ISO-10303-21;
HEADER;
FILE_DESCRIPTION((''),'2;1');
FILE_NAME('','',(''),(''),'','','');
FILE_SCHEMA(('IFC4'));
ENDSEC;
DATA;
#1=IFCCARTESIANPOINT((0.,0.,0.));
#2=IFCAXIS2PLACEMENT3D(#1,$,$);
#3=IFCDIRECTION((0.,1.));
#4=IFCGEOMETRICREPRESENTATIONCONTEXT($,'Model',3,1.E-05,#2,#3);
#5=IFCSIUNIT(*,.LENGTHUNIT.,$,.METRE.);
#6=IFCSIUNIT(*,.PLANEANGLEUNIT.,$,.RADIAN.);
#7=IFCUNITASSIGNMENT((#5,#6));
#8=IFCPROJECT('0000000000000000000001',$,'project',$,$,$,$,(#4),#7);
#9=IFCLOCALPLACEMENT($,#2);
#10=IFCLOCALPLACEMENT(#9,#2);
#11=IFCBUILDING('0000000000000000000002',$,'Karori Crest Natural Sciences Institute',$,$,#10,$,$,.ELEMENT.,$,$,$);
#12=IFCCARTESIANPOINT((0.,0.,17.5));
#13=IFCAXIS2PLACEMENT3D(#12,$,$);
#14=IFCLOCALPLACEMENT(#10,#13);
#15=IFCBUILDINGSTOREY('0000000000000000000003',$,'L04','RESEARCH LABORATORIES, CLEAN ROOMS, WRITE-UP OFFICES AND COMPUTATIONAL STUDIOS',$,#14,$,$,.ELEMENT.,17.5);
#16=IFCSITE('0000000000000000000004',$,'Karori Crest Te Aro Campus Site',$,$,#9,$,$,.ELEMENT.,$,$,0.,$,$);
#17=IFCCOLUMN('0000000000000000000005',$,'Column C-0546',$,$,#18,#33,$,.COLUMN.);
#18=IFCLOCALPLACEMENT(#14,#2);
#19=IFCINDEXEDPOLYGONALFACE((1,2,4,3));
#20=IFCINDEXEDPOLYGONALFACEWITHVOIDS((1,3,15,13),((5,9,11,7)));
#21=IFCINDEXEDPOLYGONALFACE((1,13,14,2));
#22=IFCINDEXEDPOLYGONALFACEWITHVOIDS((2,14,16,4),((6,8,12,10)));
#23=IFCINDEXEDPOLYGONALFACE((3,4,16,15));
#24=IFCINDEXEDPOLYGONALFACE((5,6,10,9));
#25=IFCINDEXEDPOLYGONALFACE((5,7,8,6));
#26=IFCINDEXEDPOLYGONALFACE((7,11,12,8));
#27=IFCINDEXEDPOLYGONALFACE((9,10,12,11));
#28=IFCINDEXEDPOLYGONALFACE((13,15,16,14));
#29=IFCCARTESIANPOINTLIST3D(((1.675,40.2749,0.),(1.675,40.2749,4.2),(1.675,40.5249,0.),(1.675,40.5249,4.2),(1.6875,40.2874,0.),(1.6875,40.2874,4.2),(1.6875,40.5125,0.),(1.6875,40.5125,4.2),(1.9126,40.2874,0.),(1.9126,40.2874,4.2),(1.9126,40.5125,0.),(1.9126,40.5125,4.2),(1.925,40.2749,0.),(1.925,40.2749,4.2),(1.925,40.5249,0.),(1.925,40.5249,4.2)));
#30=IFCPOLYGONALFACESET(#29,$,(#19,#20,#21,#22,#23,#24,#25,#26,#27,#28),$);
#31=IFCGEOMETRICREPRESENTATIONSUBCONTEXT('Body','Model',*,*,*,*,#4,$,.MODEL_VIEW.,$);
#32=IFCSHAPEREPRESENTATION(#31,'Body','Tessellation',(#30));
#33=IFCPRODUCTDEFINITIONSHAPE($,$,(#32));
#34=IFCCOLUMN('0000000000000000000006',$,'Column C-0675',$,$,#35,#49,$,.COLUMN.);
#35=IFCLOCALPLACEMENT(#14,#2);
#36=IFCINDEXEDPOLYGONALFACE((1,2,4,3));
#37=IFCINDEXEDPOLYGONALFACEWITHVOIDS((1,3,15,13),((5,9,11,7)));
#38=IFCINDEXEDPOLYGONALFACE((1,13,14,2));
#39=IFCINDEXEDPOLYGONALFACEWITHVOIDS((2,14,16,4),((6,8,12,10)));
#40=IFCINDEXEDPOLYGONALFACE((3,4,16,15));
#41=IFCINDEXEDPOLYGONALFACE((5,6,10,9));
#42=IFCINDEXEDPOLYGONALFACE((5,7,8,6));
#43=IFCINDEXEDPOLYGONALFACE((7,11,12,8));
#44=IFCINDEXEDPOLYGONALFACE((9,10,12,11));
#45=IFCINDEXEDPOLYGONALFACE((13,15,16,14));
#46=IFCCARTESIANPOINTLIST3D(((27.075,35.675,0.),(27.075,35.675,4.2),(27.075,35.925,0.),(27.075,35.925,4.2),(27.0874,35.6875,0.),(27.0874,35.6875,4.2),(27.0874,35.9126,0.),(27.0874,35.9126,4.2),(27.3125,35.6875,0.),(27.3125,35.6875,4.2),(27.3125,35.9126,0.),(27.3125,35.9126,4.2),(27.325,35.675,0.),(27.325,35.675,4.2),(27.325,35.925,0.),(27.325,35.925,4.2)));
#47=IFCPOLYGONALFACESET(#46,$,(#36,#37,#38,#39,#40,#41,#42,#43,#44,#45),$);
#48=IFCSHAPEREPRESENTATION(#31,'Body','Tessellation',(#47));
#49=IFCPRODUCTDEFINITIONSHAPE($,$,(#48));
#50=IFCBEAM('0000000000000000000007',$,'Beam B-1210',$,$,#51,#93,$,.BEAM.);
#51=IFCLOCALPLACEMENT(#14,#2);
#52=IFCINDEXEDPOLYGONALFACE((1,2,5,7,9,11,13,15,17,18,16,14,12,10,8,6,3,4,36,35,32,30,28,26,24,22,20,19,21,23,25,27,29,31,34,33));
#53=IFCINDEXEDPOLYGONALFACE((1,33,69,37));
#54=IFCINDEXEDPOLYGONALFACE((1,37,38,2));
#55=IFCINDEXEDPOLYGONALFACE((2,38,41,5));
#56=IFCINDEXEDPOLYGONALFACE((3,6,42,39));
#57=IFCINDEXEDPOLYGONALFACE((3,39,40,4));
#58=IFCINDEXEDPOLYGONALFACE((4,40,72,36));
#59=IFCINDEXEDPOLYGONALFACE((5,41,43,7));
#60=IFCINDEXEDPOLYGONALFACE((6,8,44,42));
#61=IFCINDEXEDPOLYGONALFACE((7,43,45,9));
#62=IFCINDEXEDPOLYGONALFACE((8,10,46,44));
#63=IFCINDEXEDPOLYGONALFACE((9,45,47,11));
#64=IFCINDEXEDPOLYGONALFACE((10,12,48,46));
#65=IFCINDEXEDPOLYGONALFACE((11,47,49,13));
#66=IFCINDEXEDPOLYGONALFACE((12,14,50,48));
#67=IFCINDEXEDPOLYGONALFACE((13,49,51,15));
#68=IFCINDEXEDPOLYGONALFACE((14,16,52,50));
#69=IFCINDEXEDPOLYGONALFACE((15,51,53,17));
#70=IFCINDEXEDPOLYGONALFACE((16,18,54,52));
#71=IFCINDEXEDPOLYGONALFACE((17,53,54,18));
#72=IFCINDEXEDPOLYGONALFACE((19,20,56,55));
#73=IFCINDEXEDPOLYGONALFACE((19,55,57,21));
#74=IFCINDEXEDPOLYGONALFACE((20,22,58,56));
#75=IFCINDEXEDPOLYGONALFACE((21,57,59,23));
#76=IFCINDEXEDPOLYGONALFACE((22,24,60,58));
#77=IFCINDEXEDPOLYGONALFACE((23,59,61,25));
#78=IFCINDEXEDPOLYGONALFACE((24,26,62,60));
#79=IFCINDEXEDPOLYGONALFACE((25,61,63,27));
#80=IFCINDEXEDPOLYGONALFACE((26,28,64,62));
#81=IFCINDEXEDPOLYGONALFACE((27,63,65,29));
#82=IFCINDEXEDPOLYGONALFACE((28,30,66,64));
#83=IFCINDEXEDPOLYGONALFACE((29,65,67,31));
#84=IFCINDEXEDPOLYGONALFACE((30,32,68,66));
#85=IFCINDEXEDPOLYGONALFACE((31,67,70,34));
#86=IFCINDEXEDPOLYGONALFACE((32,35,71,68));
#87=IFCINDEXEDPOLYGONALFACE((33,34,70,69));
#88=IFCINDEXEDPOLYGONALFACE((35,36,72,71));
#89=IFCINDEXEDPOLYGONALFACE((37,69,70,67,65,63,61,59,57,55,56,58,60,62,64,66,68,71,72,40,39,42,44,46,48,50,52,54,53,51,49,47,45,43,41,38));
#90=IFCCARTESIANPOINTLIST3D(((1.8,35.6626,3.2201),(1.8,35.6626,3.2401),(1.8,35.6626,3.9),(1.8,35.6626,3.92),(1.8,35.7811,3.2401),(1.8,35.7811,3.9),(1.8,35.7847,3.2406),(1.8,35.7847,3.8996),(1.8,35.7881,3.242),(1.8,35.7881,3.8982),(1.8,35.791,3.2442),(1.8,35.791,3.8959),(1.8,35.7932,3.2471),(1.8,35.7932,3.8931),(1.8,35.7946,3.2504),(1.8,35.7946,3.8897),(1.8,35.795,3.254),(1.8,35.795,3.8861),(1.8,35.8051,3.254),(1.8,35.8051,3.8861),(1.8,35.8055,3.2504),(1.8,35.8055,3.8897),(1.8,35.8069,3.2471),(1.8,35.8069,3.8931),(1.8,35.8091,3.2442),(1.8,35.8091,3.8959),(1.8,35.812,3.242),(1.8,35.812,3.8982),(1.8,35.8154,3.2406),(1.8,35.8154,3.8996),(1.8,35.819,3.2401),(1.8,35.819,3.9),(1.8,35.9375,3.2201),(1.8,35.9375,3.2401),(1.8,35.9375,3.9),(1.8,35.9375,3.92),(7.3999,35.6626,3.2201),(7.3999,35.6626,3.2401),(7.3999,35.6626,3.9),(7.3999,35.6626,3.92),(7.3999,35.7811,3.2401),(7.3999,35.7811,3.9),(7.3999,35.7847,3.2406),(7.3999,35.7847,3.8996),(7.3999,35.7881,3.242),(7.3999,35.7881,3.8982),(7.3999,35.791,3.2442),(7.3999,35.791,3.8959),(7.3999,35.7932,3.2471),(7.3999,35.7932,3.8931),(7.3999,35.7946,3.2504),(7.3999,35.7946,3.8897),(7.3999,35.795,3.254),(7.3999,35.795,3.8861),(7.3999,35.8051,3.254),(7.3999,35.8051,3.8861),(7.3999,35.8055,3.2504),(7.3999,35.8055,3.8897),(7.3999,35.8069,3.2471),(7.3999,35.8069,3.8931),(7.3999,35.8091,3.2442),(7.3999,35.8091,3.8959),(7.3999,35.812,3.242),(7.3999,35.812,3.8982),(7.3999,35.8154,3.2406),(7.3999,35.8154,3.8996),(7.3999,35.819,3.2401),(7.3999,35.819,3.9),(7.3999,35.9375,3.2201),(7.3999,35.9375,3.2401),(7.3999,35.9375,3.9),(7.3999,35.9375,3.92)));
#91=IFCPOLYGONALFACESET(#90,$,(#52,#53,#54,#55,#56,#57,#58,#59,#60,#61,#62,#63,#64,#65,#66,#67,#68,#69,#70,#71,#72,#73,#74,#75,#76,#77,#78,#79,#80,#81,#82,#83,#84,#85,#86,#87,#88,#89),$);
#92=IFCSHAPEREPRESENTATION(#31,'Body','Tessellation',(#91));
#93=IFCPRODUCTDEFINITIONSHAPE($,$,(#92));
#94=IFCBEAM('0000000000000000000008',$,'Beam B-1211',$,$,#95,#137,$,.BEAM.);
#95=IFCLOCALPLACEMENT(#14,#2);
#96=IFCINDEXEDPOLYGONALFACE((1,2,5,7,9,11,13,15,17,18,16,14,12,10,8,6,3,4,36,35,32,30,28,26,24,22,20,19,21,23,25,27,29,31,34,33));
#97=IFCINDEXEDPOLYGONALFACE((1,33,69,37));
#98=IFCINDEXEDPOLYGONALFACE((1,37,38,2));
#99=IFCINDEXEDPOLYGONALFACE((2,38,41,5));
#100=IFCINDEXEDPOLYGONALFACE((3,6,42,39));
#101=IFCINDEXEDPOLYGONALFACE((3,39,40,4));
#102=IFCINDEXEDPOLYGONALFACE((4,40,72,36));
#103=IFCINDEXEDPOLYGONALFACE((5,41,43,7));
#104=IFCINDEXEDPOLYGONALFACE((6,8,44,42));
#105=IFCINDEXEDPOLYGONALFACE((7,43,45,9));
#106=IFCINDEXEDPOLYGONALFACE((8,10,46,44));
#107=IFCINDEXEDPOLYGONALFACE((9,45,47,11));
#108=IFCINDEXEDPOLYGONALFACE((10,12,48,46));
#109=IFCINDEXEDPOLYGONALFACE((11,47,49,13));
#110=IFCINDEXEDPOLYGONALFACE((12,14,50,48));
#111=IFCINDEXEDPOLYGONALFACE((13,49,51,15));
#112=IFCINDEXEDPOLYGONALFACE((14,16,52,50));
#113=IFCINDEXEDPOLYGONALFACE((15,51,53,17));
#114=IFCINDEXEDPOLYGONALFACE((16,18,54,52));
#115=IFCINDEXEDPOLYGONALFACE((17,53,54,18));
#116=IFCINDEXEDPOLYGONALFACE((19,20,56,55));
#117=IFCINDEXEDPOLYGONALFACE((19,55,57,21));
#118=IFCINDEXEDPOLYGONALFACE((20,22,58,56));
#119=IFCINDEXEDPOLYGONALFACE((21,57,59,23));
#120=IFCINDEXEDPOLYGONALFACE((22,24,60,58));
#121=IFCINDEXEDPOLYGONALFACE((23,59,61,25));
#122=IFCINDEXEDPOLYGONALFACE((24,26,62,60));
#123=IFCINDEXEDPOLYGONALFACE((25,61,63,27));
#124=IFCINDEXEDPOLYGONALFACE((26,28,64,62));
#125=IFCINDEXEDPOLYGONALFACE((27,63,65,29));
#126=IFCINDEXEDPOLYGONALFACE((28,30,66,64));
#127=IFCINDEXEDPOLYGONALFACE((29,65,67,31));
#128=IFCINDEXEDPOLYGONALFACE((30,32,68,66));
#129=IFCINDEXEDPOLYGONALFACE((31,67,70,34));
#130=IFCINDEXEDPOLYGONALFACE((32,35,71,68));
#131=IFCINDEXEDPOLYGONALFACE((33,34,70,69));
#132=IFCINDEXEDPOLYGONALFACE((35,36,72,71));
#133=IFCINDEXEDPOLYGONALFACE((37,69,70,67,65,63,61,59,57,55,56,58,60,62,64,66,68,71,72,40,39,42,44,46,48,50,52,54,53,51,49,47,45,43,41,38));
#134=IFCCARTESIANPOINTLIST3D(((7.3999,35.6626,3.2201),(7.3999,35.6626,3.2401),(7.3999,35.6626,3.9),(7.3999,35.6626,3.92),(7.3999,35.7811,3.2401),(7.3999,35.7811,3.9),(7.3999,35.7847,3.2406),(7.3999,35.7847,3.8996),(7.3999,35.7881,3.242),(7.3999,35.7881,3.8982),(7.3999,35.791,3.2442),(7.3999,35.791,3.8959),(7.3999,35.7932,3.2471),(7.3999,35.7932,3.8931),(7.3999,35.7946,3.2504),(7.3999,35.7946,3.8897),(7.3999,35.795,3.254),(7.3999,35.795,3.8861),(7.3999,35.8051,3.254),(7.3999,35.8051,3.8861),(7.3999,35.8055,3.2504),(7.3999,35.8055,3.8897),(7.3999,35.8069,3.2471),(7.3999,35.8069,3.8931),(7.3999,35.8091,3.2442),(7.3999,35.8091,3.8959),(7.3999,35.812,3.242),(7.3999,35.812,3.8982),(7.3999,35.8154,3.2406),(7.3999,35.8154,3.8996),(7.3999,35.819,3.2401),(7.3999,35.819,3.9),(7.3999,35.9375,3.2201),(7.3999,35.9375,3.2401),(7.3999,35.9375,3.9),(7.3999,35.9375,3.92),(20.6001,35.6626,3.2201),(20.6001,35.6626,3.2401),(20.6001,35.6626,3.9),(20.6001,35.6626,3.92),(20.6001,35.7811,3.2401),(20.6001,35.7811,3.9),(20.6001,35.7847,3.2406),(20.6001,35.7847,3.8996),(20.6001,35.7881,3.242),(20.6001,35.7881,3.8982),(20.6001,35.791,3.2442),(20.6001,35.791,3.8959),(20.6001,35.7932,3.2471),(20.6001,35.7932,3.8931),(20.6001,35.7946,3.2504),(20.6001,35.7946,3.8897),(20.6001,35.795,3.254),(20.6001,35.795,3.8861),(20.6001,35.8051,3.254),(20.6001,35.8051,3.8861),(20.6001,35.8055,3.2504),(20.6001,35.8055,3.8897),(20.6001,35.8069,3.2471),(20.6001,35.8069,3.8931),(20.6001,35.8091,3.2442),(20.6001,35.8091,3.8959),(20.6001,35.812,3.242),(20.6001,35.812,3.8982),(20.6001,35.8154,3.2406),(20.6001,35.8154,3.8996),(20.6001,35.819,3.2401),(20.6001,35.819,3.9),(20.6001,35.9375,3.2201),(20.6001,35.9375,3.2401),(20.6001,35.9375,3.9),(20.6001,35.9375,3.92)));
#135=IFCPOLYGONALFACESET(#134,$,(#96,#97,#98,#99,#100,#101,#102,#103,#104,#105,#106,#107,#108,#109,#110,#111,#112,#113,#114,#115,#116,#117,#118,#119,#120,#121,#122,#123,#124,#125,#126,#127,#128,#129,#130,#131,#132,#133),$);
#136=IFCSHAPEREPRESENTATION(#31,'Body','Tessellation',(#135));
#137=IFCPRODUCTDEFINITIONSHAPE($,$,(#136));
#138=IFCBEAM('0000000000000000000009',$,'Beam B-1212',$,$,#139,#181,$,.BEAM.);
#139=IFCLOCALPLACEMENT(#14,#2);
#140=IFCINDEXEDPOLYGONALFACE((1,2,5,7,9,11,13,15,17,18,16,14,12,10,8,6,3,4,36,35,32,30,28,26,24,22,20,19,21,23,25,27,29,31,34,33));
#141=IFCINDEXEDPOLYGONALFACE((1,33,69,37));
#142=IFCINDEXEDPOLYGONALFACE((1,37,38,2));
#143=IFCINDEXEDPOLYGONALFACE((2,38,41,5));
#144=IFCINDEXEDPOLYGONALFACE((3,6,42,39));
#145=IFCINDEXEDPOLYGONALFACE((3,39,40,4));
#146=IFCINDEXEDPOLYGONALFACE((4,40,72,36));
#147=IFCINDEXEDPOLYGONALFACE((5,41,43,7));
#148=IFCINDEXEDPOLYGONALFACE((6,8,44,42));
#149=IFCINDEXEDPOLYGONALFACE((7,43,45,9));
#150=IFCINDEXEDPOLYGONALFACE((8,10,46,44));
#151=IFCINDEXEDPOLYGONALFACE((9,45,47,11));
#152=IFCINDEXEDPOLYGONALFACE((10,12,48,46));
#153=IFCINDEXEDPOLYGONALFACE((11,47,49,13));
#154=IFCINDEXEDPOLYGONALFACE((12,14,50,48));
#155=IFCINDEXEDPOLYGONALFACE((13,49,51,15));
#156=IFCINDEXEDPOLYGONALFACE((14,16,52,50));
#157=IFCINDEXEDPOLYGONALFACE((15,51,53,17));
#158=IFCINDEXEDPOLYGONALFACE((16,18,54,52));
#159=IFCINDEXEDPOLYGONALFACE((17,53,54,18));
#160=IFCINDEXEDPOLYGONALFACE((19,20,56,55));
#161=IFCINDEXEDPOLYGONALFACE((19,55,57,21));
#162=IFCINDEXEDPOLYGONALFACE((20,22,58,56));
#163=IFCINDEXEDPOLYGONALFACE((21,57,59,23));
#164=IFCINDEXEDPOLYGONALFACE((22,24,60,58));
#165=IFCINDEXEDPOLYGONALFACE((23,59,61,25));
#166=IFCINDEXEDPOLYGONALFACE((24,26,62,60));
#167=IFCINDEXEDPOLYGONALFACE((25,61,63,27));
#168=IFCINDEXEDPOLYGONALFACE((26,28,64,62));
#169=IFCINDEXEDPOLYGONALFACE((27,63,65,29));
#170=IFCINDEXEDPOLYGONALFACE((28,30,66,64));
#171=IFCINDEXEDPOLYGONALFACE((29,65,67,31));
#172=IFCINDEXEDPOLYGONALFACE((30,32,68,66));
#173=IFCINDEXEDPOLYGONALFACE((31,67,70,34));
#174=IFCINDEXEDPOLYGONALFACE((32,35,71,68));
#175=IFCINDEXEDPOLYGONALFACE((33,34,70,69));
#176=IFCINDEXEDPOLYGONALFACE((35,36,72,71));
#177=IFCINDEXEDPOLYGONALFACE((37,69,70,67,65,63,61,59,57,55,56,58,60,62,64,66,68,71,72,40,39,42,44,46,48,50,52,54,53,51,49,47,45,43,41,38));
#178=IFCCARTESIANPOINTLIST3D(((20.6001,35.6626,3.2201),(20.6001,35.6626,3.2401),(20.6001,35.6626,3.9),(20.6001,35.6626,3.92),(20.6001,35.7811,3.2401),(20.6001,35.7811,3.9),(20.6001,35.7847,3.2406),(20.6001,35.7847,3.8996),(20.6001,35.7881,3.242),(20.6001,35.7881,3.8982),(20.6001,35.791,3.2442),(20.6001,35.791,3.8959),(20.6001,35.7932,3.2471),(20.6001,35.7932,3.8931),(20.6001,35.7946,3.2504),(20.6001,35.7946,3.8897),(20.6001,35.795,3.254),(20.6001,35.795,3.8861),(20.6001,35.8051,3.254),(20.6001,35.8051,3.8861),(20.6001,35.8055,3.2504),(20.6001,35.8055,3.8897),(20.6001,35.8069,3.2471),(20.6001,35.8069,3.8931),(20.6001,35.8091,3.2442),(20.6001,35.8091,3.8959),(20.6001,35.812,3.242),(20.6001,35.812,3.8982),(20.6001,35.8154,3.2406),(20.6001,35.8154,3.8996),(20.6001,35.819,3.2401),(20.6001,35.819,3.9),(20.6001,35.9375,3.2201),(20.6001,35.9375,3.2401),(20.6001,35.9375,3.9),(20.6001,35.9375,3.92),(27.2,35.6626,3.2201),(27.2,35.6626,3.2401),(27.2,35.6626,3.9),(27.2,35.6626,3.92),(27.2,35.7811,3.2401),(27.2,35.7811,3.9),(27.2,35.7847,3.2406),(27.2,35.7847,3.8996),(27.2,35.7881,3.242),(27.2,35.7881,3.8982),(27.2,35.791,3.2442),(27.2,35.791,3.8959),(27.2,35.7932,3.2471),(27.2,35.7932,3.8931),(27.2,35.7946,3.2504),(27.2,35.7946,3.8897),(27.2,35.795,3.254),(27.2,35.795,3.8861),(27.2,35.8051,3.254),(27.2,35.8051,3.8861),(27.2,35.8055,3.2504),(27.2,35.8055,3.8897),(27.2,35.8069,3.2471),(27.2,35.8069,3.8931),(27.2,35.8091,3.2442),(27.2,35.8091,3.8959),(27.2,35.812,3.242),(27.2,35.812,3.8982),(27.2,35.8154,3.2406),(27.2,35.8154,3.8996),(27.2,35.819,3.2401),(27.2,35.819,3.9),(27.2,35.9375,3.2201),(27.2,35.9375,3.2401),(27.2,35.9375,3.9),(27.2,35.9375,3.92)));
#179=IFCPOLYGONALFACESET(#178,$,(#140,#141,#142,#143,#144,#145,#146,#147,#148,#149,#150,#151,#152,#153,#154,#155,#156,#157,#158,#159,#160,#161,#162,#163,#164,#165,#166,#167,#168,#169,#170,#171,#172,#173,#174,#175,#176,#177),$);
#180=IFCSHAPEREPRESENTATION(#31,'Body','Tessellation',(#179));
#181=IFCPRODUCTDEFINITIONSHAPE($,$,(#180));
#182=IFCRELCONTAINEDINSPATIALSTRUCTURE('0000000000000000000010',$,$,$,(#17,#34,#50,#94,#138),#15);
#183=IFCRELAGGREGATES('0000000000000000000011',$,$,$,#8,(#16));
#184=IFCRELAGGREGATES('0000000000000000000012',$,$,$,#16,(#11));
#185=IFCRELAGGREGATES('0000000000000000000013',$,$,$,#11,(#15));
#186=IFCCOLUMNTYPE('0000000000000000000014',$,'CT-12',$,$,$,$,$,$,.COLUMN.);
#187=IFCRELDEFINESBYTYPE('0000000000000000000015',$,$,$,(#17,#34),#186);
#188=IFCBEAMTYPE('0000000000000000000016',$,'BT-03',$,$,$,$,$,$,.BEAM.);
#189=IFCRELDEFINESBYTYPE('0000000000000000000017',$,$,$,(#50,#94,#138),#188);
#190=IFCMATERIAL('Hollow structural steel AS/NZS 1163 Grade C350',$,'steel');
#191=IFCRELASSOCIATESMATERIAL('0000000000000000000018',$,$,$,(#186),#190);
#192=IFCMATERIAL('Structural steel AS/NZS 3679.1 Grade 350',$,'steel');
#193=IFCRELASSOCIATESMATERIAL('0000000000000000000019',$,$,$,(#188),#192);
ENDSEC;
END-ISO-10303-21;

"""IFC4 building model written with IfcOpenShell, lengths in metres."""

from ifc_helpers import new_model, si_unit, direction, frame, origin, origin_2d, place, context, subcontext, project, spatial, hollow_rectangle, i_section, extrude, material, material_profile, profile_set, type_object, element, save


model = new_model("IFC4")

# Units and contexts
model_context = context("Model", 3, precision=1e-05, world=origin(), true_north=direction((0.0, 1.0)))
body_context = subcontext(model_context, "Body", "Model", "MODEL_VIEW")
ifc_project = project(units=[si_unit("LENGTHUNIT", "METRE"), si_unit("PLANEANGLEUNIT", "RADIAN")], contexts=[model_context])

# Site, building, storey
site_placement = place(None, origin())
site = spatial("IfcSite", under=ifc_project, at=site_placement, Name="Karori Crest Te Aro Campus Site", CompositionType="ELEMENT", RefElevation=0.0)
building_placement = place(site_placement, origin())
building = spatial("IfcBuilding", under=site, at=building_placement, Name="Karori Crest Natural Sciences Institute", CompositionType="ELEMENT")
storey_placement = place(building_placement, frame((0.0, 0.0, 17.5)))
storey = spatial("IfcBuildingStorey", under=building, at=storey_placement, Name="L04", Description="RESEARCH LABORATORIES, CLEAN ROOMS, WRITE-UP OFFICES AND COMPUTATIONAL STUDIOS", CompositionType="ELEMENT", Elevation=17.5)

# Columns
ifc_material_1 = material(Name="Structural steel AS/NZS 3679.1 Grade 350", Category="steel")
ifc_material_2 = material(Name="Hollow structural steel AS/NZS 1163 Grade C350", Category="steel")
ifc_material_profile_1 = material_profile(ifc_material_2, hollow_rectangle(XDim=0.25, YDim=0.25, WallThickness=0.0125, at=origin_2d()), Name="SHS250x250x12.5")
ifc_profile_set_1 = profile_set([ifc_material_profile_1], Name="Hollow structural steel AS/NZS 1163 Grade C350")
column_type_1 = type_object("IfcColumnType", Name="CT-12", PredefinedType="COLUMN", material=ifc_profile_set_1)
for number, where, z_axis, x_axis, name in (
    (1, (1.8, 40.3999, 0.0), (0.0, 0.0, 1.0), (1.0, 0.0, 0.0), "Column C-0546"),
    (2, (27.2, 35.8, 0.0), (0.0, 0.0, 1.0), (1.0, 0.0, 0.0), "Column C-0675"),
):
    element("IfcColumn", number, at=place(storey_placement, frame(where, z_axis=z_axis, x_axis=x_axis)), inside=storey, type_object=column_type_1, Name=name, PredefinedType="COLUMN", context=body_context, shape_type="SweptSolid", body=[
        extrude(hollow_rectangle(XDim=0.25, YDim=0.25, WallThickness=0.0125, at=origin_2d()), origin(), (0.0, 0.0, 1.0), 4.2),
    ])

# Beams
ifc_material_profile_2 = material_profile(ifc_material_1, i_section(OverallWidth=0.2749, OverallDepth=0.7, WebThickness=0.01, FlangeThickness=0.02, FilletRadius=0.0139, at=origin_2d()), Name="700WB150")
ifc_profile_set_2 = profile_set([ifc_material_profile_2], Name="Structural steel AS/NZS 3679.1 Grade 350")
beam_type_1 = type_object("IfcBeamType", Name="BT-03", PredefinedType="BEAM", material=ifc_profile_set_2)
beam_1_placement = place(storey_placement, frame((1.8, 35.8, 3.5701), z_axis=(1.0, 0.0, 0.0), x_axis=(0.0, 1.0, 0.0)))
element("IfcBeam", 3, at=beam_1_placement, inside=storey, type_object=beam_type_1, Name="Beam B-1210", PredefinedType="BEAM", context=body_context, shape_type="SweptSolid", body=[
    extrude(i_section(OverallWidth=0.2749, OverallDepth=0.7, WebThickness=0.01, FlangeThickness=0.02, FilletRadius=0.0139, at=origin_2d()), origin(), (0.0, 0.0, 1.0), 5.5999),
])
beam_2_placement = place(storey_placement, frame((7.3999, 35.8, 3.5701), z_axis=(1.0, 0.0, 0.0), x_axis=(0.0, 1.0, 0.0)))
element("IfcBeam", 4, at=beam_2_placement, inside=storey, type_object=beam_type_1, Name="Beam B-1211", PredefinedType="BEAM", context=body_context, shape_type="SweptSolid", body=[
    extrude(i_section(OverallWidth=0.2749, OverallDepth=0.7, WebThickness=0.01, FlangeThickness=0.02, FilletRadius=0.0139, at=origin_2d()), origin(), (0.0, 0.0, 1.0), 13.2002),
])
beam_3_placement = place(storey_placement, frame((20.6001, 35.8, 3.5701), z_axis=(1.0, 0.0, 0.0), x_axis=(0.0, 1.0, 0.0)))
element("IfcBeam", 5, at=beam_3_placement, inside=storey, type_object=beam_type_1, Name="Beam B-1212", PredefinedType="BEAM", context=body_context, shape_type="SweptSolid", body=[
    extrude(i_section(OverallWidth=0.2749, OverallDepth=0.7, WebThickness=0.01, FlangeThickness=0.02, FilletRadius=0.0139, at=origin_2d()), origin(), (0.0, 0.0, 1.0), 6.5999),
])

save(model, "model.ifc")
